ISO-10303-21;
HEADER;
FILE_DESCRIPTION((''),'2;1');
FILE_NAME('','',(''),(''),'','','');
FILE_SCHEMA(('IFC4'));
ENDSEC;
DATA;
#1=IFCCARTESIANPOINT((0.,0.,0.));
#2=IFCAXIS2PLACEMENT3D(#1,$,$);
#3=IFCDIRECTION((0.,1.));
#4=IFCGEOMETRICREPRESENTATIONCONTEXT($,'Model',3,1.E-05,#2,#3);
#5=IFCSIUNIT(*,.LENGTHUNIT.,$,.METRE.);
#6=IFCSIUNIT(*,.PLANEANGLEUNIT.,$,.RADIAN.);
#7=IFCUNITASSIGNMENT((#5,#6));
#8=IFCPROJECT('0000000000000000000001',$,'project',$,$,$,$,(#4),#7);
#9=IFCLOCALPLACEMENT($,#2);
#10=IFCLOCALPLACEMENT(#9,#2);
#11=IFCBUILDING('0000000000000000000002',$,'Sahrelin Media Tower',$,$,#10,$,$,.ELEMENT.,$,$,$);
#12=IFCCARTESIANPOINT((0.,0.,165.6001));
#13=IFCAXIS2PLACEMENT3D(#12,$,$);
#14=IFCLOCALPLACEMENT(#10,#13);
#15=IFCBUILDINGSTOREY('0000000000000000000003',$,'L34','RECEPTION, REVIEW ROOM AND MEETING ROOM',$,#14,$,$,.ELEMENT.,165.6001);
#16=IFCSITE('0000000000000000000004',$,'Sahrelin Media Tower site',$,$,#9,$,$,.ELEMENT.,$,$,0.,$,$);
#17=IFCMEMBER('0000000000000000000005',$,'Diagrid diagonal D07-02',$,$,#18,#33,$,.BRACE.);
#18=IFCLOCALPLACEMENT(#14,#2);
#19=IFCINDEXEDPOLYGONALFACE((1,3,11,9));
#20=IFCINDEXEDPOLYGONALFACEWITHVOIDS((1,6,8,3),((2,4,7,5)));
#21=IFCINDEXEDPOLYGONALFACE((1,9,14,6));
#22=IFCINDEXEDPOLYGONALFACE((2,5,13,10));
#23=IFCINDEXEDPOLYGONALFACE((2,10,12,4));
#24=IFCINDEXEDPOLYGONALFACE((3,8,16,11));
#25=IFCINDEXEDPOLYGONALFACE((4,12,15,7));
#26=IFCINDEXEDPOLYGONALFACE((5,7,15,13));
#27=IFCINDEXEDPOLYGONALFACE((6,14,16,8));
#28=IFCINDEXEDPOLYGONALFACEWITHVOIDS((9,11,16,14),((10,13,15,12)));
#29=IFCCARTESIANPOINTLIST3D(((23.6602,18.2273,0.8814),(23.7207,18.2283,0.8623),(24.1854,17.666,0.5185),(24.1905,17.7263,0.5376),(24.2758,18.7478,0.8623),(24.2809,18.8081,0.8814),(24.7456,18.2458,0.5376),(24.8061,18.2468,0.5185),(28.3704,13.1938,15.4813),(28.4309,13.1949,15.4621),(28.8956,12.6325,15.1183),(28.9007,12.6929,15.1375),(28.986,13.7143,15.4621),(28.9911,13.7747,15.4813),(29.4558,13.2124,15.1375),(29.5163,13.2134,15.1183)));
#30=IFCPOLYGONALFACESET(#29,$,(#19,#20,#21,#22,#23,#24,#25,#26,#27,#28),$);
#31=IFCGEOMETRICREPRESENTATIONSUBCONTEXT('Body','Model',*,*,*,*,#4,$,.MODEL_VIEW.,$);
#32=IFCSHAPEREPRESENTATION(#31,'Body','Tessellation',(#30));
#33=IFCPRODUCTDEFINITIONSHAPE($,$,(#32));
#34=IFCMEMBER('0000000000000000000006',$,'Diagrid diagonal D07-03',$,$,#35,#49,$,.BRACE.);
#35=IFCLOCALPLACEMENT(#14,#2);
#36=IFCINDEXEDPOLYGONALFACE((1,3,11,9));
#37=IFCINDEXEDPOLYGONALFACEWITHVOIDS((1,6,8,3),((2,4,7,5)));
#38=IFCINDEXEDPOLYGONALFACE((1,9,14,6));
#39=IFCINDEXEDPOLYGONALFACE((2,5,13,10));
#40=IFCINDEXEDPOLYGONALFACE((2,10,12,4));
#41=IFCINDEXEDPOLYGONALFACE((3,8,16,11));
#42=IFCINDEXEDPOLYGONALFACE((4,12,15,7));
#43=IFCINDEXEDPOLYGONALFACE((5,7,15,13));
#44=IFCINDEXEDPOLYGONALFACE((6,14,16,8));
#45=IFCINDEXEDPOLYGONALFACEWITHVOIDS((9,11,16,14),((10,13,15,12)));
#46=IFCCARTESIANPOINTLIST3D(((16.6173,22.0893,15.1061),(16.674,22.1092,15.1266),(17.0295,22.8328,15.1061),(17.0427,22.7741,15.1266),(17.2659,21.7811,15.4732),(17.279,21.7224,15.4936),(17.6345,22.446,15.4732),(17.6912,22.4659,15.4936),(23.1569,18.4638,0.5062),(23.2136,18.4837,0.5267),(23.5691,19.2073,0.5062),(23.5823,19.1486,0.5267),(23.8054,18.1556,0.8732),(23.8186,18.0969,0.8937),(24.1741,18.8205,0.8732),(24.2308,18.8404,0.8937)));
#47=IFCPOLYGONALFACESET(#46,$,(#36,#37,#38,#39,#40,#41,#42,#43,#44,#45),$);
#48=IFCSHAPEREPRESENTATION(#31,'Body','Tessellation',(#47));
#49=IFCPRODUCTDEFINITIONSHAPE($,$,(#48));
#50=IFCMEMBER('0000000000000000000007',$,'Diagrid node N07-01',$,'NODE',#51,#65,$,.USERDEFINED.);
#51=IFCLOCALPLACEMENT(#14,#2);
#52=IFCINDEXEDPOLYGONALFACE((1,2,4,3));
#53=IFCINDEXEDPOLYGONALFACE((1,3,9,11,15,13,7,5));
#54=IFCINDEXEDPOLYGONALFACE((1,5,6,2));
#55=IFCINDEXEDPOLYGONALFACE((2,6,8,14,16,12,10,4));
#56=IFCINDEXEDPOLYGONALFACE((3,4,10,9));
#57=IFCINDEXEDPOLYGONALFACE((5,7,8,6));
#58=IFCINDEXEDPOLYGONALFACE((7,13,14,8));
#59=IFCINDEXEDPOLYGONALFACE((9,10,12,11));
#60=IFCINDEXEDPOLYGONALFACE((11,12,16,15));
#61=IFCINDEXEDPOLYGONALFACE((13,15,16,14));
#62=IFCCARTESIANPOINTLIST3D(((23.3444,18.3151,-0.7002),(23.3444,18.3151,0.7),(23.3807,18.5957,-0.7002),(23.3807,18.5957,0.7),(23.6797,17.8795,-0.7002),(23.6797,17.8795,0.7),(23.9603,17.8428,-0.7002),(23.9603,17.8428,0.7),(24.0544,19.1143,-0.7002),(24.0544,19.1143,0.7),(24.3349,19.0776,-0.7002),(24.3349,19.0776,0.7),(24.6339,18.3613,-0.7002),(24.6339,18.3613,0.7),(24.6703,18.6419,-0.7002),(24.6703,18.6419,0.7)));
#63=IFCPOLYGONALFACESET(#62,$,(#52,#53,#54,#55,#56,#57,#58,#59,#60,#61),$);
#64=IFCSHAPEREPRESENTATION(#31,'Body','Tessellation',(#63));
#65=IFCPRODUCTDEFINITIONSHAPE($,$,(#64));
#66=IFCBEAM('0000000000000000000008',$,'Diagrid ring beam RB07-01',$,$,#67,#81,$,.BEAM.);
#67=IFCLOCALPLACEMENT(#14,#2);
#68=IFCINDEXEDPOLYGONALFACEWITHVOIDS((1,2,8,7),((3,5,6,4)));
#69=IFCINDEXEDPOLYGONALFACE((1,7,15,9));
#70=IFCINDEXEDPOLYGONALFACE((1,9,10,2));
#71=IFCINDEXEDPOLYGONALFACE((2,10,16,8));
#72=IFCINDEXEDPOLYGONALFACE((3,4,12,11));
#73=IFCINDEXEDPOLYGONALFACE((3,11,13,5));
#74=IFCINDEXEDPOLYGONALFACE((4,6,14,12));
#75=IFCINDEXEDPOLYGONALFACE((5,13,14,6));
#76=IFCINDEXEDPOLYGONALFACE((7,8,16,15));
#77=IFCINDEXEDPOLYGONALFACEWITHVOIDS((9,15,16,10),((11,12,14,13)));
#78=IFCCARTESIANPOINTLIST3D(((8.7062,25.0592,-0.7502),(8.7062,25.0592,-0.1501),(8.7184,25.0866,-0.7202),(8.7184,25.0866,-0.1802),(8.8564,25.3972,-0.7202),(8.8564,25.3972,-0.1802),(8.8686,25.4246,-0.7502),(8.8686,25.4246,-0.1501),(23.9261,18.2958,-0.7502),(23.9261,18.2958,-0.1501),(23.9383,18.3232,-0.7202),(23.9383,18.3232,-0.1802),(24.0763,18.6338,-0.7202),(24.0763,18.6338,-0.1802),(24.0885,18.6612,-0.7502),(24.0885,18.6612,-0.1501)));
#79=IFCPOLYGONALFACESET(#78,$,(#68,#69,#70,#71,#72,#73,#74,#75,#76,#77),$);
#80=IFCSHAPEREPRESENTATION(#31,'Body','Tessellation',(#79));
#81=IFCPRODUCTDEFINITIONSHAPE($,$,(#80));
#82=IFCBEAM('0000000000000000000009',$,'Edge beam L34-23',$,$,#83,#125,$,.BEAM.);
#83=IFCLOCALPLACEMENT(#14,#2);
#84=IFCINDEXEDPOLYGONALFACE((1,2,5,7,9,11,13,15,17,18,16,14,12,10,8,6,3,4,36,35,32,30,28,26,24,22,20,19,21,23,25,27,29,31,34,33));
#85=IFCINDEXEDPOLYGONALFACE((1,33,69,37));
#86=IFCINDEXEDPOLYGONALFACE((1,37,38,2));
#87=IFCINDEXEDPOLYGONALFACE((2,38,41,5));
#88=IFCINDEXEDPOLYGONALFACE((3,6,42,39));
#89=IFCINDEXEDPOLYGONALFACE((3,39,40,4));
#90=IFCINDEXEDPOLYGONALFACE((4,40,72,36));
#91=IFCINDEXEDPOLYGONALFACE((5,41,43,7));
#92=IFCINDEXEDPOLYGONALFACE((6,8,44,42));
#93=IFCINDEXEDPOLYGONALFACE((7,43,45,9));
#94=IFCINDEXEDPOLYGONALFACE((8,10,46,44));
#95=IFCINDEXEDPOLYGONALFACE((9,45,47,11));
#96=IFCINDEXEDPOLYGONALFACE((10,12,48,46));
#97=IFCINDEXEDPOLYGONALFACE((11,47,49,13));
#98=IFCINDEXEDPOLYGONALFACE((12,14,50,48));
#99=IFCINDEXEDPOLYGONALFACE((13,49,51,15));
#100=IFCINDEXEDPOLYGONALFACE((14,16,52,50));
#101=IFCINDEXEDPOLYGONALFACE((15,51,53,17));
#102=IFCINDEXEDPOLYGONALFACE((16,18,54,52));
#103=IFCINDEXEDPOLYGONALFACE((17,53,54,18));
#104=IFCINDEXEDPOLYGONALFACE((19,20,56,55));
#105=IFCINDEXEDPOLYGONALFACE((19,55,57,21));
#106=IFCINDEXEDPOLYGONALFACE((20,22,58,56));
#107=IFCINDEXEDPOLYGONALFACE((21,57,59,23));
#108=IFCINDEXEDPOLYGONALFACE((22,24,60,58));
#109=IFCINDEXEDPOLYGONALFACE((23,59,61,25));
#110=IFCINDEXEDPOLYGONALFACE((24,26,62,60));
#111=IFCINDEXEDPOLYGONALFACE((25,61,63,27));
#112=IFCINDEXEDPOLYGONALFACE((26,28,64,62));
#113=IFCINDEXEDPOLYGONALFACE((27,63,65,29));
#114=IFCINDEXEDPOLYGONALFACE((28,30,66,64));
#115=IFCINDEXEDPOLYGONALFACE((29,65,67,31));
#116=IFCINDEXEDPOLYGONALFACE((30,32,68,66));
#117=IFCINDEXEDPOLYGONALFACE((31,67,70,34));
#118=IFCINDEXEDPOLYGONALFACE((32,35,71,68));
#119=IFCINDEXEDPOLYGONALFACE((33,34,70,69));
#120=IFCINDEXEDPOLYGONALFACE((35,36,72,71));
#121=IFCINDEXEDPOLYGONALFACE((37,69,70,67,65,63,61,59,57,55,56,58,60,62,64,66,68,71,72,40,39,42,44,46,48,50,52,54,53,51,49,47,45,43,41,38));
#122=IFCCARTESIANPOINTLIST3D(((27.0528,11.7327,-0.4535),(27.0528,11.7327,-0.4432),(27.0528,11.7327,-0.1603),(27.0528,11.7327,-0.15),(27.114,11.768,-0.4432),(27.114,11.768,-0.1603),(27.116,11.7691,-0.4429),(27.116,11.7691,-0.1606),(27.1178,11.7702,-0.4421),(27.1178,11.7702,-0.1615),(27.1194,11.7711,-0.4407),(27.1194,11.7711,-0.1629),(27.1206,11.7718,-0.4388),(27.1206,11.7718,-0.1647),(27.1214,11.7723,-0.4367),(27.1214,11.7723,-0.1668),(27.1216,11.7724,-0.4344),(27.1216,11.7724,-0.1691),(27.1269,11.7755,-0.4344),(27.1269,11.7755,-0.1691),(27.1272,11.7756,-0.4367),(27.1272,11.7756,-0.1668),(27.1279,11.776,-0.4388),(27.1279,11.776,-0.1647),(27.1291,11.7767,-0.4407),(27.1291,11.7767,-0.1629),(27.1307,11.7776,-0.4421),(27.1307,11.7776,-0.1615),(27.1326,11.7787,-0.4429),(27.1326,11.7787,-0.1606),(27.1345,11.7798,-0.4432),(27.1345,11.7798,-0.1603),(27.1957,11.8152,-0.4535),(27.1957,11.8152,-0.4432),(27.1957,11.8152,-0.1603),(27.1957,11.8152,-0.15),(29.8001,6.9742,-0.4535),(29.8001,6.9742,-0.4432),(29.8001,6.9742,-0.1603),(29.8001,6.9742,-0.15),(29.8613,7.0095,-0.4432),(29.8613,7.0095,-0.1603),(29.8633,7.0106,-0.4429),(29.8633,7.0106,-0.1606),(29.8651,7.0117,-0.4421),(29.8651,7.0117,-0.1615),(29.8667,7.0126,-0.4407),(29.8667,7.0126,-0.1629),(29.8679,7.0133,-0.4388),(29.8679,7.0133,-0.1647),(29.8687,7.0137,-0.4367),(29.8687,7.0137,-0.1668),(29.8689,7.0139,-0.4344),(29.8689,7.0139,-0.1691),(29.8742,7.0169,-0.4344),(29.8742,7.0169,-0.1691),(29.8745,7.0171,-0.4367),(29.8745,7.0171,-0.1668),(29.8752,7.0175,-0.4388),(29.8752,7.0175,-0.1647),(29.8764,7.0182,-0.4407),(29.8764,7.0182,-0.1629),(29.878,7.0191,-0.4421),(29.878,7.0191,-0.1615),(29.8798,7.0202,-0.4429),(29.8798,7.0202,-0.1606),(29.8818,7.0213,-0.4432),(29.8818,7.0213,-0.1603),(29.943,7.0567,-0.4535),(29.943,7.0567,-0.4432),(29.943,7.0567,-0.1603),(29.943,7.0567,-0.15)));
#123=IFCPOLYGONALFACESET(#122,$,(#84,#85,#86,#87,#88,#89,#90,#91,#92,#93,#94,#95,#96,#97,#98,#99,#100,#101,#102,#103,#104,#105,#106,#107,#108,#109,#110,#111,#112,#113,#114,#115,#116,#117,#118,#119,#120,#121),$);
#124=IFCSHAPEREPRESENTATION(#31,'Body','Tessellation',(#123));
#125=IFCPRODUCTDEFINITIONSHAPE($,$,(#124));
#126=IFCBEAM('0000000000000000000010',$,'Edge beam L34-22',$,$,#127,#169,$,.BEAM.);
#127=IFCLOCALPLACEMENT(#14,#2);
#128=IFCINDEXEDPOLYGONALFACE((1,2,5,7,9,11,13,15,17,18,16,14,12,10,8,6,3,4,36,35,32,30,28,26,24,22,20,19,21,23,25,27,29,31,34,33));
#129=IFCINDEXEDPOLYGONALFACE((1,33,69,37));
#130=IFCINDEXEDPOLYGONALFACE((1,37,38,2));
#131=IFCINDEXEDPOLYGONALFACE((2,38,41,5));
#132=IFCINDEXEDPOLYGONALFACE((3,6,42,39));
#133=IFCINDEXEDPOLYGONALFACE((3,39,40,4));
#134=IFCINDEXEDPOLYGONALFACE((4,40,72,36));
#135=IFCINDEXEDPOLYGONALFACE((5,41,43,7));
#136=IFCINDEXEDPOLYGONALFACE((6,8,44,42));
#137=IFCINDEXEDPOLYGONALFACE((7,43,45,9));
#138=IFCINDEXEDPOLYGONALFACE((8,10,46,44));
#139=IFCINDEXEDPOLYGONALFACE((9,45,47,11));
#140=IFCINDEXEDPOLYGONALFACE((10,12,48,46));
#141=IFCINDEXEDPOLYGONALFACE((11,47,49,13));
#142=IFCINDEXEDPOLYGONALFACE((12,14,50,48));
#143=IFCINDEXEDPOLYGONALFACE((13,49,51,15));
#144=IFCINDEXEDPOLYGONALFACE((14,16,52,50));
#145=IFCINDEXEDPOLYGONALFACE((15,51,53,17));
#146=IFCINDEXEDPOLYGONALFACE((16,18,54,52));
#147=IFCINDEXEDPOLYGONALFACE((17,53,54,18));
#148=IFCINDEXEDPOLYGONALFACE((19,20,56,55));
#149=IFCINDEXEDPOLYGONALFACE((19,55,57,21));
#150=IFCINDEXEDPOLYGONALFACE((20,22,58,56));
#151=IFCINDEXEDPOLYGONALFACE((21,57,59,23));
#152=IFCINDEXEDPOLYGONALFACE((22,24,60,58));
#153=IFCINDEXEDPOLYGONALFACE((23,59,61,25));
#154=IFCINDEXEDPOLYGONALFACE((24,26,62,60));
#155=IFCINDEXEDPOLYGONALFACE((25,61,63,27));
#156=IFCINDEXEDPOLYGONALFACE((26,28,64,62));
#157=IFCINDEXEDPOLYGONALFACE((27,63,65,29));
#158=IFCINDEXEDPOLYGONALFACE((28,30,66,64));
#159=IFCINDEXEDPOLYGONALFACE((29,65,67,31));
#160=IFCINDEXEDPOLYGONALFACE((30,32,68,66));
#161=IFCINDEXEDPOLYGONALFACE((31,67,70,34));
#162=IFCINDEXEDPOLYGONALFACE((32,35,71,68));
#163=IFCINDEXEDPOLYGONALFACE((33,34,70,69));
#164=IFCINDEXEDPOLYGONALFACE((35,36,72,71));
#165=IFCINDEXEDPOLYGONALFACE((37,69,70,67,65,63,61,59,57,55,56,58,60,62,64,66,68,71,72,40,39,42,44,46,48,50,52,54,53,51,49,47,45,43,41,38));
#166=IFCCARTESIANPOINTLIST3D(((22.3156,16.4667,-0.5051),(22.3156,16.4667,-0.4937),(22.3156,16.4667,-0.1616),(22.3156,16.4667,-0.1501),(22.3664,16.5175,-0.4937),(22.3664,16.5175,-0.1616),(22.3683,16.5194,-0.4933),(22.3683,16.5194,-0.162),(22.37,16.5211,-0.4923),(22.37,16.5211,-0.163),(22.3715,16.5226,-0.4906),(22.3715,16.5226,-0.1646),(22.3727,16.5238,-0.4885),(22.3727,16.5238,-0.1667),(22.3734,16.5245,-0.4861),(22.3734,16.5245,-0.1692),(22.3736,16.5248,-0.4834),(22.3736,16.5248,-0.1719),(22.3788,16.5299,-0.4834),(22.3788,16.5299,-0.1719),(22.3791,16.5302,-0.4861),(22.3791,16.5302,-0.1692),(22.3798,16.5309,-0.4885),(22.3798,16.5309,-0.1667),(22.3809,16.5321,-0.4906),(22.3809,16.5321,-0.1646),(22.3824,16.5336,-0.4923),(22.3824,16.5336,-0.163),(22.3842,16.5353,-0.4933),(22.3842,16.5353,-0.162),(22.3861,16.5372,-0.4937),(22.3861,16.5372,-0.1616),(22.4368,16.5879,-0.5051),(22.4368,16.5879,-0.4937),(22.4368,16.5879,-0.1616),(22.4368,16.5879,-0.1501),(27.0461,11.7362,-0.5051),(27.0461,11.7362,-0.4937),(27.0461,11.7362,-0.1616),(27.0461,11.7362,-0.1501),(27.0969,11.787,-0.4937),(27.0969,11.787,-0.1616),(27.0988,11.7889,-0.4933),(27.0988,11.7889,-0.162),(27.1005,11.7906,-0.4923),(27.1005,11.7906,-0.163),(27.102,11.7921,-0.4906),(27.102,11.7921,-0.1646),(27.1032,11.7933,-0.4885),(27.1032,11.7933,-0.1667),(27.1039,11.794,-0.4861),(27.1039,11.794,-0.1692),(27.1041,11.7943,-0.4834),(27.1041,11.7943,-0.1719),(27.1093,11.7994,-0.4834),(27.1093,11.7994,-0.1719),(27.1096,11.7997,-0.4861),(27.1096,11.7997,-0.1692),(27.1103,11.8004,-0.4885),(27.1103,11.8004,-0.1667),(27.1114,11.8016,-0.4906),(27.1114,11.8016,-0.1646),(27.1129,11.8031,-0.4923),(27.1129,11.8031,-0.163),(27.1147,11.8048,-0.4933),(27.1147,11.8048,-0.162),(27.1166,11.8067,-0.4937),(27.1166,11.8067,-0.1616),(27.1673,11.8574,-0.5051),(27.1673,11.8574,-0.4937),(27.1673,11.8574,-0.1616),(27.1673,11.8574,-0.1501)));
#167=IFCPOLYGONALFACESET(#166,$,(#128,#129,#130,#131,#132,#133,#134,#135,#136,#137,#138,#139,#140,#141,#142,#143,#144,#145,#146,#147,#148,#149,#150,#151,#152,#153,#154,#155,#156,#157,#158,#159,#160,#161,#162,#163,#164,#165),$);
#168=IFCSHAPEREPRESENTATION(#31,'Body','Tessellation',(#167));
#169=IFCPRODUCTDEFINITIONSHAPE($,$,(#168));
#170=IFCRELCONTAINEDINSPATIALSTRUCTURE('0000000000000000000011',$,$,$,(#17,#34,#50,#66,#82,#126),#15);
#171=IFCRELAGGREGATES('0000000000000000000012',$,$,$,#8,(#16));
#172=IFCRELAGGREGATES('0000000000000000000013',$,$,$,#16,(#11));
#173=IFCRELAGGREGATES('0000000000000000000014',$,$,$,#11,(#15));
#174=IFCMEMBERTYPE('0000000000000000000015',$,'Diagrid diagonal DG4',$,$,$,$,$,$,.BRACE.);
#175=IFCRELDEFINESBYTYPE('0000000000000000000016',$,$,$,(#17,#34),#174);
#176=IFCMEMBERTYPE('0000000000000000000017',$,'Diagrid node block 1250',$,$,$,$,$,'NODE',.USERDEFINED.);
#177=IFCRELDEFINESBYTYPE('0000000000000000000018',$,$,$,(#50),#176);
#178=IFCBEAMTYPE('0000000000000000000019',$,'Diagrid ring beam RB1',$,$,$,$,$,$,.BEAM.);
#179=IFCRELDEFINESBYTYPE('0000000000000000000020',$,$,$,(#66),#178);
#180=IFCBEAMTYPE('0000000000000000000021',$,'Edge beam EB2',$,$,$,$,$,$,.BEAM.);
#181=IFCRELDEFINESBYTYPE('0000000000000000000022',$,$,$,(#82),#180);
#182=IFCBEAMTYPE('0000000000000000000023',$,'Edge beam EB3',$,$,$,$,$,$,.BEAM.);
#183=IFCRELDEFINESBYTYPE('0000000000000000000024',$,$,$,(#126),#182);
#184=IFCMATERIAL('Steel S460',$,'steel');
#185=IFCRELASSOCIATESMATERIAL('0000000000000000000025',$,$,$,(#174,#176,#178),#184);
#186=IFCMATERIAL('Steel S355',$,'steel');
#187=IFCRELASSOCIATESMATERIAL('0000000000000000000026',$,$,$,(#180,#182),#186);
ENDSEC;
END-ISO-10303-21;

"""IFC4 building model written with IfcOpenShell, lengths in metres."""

from ifc_helpers import new_model, si_unit, direction, frame, origin, origin_2d, place, context, subcontext, project, spatial, polyline, hollow_rectangle, i_section, outline, extrude, material, material_profile, profile_set, type_object, element, save


model = new_model("IFC4")

# Units and contexts
model_context = context("Model", 3, precision=1e-05, world=origin(), true_north=direction((0.0, 1.0)))
body_context = subcontext(model_context, "Body", "Model", "MODEL_VIEW")
ifc_project = project(units=[si_unit("LENGTHUNIT", "METRE"), si_unit("PLANEANGLEUNIT", "RADIAN")], contexts=[model_context])

# Site, building, storey
site_placement = place(None, origin())
site = spatial("IfcSite", under=ifc_project, at=site_placement, Name="Sahrelin Media Tower site", CompositionType="ELEMENT", RefElevation=0.0)
building_placement = place(site_placement, origin())
building = spatial("IfcBuilding", under=site, at=building_placement, Name="Sahrelin Media Tower", CompositionType="ELEMENT")
storey_placement = place(building_placement, frame((0.0, 0.0, 165.6001)))
storey = spatial("IfcBuildingStorey", under=building, at=storey_placement, Name="L34", Description="RECEPTION, REVIEW ROOM AND MEETING ROOM", CompositionType="ELEMENT", Elevation=165.6001)

# Members
ifc_material_1 = material(Name="Steel S460", Category="steel")
ifc_material_profile_1 = material_profile(ifc_material_1, hollow_rectangle(XDim=0.8501, YDim=0.8501, WallThickness=0.0449, at=origin_2d()), Name="Diagrid diagonal DG4")
ifc_profile_set_1 = profile_set([ifc_material_profile_1], Name="Steel S460")
member_type_1 = type_object("IfcMemberType", Name="Diagrid diagonal DG4", PredefinedType="BRACE", material=ifc_profile_set_1)
member_1_placement = place(storey_placement, frame((24.2332, 18.2371, 0.7), z_axis=(0.291735, -0.311755, 0.904267), x_axis=(0.730163, 0.683273, 0.0)))
element("IfcMember", 1, at=member_1_placement, inside=storey, type_object=member_type_1, Name="Diagrid diagonal D07-02", PredefinedType="BRACE", context=body_context, shape_type="SweptSolid", body=[
    extrude(hollow_rectangle(XDim=0.8501, YDim=0.8501, WallThickness=0.0449, at=origin_2d()), origin(), (0.0, 0.0, 1.0), 16.1455),
])
member_2_placement = place(storey_placement, frame((23.6938, 18.6521, 0.7), z_axis=(-0.398675, 0.221023, 0.89006), x_axis=(-0.484867, -0.874588, 0.0)))
element("IfcMember", 2, at=member_2_placement, inside=storey, type_object=member_type_1, Name="Diagrid diagonal D07-03", PredefinedType="BRACE", context=body_context, shape_type="SweptSolid", body=[
    extrude(hollow_rectangle(XDim=0.8501, YDim=0.8501, WallThickness=0.0449, at=origin_2d()), origin(), (0.0, 0.0, 1.0), 16.4033),
])
ifc_material_profile_2 = material_profile(ifc_material_1, outline(polyline([(0.425, -0.4751), (0.625, -0.2749), (0.625, 0.2749), (0.425, 0.4751), (-0.425, 0.4751), (-0.625, 0.2749), (-0.625, -0.2749), (-0.425, -0.4751), (0.425, -0.4751)])), Name="Diagrid node block 1250")
ifc_profile_set_2 = profile_set([ifc_material_profile_2], Name="Steel S460")
member_type_2 = type_object("IfcMemberType", Name="Diagrid node block 1250", ElementType="NODE", PredefinedType="USERDEFINED", material=ifc_profile_set_2)
member_3_placement = place(storey_placement, frame((24.0073, 18.4785, -0.7002), z_axis=(0.0, 0.0, 1.0), x_axis=(0.792446, 0.609942, 0.0)))
element("IfcMember", 3, at=member_3_placement, inside=storey, type_object=member_type_2, Name="Diagrid node N07-01", ObjectType="NODE", PredefinedType="USERDEFINED", context=body_context, shape_type="SweptSolid", body=[
    extrude(outline(polyline([(0.425, -0.4751), (0.625, -0.2749), (0.625, 0.2749), (0.425, 0.4751), (-0.425, 0.4751), (-0.625, 0.2749), (-0.625, -0.2749), (-0.425, -0.4751), (0.425, -0.4751)])), origin(), (0.0, 0.0, 1.0), 1.4001),
])

# Beams
ifc_material_profile_3 = material_profile(ifc_material_1, hollow_rectangle(XDim=0.3999, YDim=0.6001, WallThickness=0.03, at=origin_2d()), Name="Diagrid ring beam RB1")
ifc_profile_set_3 = profile_set([ifc_material_profile_3], Name="Steel S460")
beam_type_1 = type_object("IfcBeamType", Name="Diagrid ring beam RB1", PredefinedType="BEAM", material=ifc_profile_set_3)
beam_1_placement = place(storey_placement, frame((24.0073, 18.4785, -0.4502), z_axis=(-0.913834, 0.406088, 0.0), x_axis=(-0.406088, -0.913834, 0.0)))
element("IfcBeam", 4, at=beam_1_placement, inside=storey, type_object=beam_type_1, Name="Diagrid ring beam RB07-01", PredefinedType="BEAM", context=body_context, shape_type="SweptSolid", body=[
    extrude(hollow_rectangle(XDim=0.3999, YDim=0.6001, WallThickness=0.03, at=origin_2d()), origin(), (0.0, 0.0, 1.0), 16.655),
])
ifc_material_2 = material(Name="Steel S355", Category="steel")
ifc_material_profile_4 = material_profile(ifc_material_2, i_section(OverallWidth=0.165, OverallDepth=0.3035, WebThickness=0.0061, FlangeThickness=0.0103, FilletRadius=0.0088, at=origin_2d()), Name="UB 305x165x40")
ifc_profile_set_4 = profile_set([ifc_material_profile_4], Name="Steel S355")
beam_type_2 = type_object("IfcBeamType", Name="Edge beam EB2", PredefinedType="BEAM", material=ifc_profile_set_4)
beam_2_placement = place(storey_placement, frame((27.1243, 11.7739, -0.3018), z_axis=(0.499996, -0.866028, 0.0), x_axis=(0.866028, 0.499996, 0.0)))
element("IfcBeam", 5, at=beam_2_placement, inside=storey, type_object=beam_type_2, Name="Edge beam L34-23", PredefinedType="BEAM", context=body_context, shape_type="SweptSolid", body=[
    extrude(i_section(OverallWidth=0.165, OverallDepth=0.3035, WebThickness=0.0061, FlangeThickness=0.0103, FilletRadius=0.0088, at=origin_2d()), origin(), (0.0, 0.0, 1.0), 5.4946),
])
ifc_material_profile_5 = material_profile(ifc_material_2, i_section(OverallWidth=0.1714, OverallDepth=0.355, WebThickness=0.0073, FlangeThickness=0.0115, FilletRadius=0.0103, at=origin_2d()), Name="UB 356x171x51")
ifc_profile_set_5 = profile_set([ifc_material_profile_5], Name="Steel S355")
beam_type_3 = type_object("IfcBeamType", Name="Edge beam EB3", PredefinedType="BEAM", material=ifc_profile_set_5)
beam_3_placement = place(storey_placement, frame((22.3762, 16.5273, -0.3276), z_axis=(0.707107, -0.707107, 0.0), x_axis=(0.707107, 0.707107, 0.0)))
element("IfcBeam", 6, at=beam_3_placement, inside=storey, type_object=beam_type_3, Name="Edge beam L34-22", PredefinedType="BEAM", context=body_context, shape_type="SweptSolid", body=[
    extrude(i_section(OverallWidth=0.1714, OverallDepth=0.355, WebThickness=0.0073, FlangeThickness=0.0115, FilletRadius=0.0103, at=origin_2d()), origin(), (0.0, 0.0, 1.0), 6.6899),
])

save(model, "model.ifc")
